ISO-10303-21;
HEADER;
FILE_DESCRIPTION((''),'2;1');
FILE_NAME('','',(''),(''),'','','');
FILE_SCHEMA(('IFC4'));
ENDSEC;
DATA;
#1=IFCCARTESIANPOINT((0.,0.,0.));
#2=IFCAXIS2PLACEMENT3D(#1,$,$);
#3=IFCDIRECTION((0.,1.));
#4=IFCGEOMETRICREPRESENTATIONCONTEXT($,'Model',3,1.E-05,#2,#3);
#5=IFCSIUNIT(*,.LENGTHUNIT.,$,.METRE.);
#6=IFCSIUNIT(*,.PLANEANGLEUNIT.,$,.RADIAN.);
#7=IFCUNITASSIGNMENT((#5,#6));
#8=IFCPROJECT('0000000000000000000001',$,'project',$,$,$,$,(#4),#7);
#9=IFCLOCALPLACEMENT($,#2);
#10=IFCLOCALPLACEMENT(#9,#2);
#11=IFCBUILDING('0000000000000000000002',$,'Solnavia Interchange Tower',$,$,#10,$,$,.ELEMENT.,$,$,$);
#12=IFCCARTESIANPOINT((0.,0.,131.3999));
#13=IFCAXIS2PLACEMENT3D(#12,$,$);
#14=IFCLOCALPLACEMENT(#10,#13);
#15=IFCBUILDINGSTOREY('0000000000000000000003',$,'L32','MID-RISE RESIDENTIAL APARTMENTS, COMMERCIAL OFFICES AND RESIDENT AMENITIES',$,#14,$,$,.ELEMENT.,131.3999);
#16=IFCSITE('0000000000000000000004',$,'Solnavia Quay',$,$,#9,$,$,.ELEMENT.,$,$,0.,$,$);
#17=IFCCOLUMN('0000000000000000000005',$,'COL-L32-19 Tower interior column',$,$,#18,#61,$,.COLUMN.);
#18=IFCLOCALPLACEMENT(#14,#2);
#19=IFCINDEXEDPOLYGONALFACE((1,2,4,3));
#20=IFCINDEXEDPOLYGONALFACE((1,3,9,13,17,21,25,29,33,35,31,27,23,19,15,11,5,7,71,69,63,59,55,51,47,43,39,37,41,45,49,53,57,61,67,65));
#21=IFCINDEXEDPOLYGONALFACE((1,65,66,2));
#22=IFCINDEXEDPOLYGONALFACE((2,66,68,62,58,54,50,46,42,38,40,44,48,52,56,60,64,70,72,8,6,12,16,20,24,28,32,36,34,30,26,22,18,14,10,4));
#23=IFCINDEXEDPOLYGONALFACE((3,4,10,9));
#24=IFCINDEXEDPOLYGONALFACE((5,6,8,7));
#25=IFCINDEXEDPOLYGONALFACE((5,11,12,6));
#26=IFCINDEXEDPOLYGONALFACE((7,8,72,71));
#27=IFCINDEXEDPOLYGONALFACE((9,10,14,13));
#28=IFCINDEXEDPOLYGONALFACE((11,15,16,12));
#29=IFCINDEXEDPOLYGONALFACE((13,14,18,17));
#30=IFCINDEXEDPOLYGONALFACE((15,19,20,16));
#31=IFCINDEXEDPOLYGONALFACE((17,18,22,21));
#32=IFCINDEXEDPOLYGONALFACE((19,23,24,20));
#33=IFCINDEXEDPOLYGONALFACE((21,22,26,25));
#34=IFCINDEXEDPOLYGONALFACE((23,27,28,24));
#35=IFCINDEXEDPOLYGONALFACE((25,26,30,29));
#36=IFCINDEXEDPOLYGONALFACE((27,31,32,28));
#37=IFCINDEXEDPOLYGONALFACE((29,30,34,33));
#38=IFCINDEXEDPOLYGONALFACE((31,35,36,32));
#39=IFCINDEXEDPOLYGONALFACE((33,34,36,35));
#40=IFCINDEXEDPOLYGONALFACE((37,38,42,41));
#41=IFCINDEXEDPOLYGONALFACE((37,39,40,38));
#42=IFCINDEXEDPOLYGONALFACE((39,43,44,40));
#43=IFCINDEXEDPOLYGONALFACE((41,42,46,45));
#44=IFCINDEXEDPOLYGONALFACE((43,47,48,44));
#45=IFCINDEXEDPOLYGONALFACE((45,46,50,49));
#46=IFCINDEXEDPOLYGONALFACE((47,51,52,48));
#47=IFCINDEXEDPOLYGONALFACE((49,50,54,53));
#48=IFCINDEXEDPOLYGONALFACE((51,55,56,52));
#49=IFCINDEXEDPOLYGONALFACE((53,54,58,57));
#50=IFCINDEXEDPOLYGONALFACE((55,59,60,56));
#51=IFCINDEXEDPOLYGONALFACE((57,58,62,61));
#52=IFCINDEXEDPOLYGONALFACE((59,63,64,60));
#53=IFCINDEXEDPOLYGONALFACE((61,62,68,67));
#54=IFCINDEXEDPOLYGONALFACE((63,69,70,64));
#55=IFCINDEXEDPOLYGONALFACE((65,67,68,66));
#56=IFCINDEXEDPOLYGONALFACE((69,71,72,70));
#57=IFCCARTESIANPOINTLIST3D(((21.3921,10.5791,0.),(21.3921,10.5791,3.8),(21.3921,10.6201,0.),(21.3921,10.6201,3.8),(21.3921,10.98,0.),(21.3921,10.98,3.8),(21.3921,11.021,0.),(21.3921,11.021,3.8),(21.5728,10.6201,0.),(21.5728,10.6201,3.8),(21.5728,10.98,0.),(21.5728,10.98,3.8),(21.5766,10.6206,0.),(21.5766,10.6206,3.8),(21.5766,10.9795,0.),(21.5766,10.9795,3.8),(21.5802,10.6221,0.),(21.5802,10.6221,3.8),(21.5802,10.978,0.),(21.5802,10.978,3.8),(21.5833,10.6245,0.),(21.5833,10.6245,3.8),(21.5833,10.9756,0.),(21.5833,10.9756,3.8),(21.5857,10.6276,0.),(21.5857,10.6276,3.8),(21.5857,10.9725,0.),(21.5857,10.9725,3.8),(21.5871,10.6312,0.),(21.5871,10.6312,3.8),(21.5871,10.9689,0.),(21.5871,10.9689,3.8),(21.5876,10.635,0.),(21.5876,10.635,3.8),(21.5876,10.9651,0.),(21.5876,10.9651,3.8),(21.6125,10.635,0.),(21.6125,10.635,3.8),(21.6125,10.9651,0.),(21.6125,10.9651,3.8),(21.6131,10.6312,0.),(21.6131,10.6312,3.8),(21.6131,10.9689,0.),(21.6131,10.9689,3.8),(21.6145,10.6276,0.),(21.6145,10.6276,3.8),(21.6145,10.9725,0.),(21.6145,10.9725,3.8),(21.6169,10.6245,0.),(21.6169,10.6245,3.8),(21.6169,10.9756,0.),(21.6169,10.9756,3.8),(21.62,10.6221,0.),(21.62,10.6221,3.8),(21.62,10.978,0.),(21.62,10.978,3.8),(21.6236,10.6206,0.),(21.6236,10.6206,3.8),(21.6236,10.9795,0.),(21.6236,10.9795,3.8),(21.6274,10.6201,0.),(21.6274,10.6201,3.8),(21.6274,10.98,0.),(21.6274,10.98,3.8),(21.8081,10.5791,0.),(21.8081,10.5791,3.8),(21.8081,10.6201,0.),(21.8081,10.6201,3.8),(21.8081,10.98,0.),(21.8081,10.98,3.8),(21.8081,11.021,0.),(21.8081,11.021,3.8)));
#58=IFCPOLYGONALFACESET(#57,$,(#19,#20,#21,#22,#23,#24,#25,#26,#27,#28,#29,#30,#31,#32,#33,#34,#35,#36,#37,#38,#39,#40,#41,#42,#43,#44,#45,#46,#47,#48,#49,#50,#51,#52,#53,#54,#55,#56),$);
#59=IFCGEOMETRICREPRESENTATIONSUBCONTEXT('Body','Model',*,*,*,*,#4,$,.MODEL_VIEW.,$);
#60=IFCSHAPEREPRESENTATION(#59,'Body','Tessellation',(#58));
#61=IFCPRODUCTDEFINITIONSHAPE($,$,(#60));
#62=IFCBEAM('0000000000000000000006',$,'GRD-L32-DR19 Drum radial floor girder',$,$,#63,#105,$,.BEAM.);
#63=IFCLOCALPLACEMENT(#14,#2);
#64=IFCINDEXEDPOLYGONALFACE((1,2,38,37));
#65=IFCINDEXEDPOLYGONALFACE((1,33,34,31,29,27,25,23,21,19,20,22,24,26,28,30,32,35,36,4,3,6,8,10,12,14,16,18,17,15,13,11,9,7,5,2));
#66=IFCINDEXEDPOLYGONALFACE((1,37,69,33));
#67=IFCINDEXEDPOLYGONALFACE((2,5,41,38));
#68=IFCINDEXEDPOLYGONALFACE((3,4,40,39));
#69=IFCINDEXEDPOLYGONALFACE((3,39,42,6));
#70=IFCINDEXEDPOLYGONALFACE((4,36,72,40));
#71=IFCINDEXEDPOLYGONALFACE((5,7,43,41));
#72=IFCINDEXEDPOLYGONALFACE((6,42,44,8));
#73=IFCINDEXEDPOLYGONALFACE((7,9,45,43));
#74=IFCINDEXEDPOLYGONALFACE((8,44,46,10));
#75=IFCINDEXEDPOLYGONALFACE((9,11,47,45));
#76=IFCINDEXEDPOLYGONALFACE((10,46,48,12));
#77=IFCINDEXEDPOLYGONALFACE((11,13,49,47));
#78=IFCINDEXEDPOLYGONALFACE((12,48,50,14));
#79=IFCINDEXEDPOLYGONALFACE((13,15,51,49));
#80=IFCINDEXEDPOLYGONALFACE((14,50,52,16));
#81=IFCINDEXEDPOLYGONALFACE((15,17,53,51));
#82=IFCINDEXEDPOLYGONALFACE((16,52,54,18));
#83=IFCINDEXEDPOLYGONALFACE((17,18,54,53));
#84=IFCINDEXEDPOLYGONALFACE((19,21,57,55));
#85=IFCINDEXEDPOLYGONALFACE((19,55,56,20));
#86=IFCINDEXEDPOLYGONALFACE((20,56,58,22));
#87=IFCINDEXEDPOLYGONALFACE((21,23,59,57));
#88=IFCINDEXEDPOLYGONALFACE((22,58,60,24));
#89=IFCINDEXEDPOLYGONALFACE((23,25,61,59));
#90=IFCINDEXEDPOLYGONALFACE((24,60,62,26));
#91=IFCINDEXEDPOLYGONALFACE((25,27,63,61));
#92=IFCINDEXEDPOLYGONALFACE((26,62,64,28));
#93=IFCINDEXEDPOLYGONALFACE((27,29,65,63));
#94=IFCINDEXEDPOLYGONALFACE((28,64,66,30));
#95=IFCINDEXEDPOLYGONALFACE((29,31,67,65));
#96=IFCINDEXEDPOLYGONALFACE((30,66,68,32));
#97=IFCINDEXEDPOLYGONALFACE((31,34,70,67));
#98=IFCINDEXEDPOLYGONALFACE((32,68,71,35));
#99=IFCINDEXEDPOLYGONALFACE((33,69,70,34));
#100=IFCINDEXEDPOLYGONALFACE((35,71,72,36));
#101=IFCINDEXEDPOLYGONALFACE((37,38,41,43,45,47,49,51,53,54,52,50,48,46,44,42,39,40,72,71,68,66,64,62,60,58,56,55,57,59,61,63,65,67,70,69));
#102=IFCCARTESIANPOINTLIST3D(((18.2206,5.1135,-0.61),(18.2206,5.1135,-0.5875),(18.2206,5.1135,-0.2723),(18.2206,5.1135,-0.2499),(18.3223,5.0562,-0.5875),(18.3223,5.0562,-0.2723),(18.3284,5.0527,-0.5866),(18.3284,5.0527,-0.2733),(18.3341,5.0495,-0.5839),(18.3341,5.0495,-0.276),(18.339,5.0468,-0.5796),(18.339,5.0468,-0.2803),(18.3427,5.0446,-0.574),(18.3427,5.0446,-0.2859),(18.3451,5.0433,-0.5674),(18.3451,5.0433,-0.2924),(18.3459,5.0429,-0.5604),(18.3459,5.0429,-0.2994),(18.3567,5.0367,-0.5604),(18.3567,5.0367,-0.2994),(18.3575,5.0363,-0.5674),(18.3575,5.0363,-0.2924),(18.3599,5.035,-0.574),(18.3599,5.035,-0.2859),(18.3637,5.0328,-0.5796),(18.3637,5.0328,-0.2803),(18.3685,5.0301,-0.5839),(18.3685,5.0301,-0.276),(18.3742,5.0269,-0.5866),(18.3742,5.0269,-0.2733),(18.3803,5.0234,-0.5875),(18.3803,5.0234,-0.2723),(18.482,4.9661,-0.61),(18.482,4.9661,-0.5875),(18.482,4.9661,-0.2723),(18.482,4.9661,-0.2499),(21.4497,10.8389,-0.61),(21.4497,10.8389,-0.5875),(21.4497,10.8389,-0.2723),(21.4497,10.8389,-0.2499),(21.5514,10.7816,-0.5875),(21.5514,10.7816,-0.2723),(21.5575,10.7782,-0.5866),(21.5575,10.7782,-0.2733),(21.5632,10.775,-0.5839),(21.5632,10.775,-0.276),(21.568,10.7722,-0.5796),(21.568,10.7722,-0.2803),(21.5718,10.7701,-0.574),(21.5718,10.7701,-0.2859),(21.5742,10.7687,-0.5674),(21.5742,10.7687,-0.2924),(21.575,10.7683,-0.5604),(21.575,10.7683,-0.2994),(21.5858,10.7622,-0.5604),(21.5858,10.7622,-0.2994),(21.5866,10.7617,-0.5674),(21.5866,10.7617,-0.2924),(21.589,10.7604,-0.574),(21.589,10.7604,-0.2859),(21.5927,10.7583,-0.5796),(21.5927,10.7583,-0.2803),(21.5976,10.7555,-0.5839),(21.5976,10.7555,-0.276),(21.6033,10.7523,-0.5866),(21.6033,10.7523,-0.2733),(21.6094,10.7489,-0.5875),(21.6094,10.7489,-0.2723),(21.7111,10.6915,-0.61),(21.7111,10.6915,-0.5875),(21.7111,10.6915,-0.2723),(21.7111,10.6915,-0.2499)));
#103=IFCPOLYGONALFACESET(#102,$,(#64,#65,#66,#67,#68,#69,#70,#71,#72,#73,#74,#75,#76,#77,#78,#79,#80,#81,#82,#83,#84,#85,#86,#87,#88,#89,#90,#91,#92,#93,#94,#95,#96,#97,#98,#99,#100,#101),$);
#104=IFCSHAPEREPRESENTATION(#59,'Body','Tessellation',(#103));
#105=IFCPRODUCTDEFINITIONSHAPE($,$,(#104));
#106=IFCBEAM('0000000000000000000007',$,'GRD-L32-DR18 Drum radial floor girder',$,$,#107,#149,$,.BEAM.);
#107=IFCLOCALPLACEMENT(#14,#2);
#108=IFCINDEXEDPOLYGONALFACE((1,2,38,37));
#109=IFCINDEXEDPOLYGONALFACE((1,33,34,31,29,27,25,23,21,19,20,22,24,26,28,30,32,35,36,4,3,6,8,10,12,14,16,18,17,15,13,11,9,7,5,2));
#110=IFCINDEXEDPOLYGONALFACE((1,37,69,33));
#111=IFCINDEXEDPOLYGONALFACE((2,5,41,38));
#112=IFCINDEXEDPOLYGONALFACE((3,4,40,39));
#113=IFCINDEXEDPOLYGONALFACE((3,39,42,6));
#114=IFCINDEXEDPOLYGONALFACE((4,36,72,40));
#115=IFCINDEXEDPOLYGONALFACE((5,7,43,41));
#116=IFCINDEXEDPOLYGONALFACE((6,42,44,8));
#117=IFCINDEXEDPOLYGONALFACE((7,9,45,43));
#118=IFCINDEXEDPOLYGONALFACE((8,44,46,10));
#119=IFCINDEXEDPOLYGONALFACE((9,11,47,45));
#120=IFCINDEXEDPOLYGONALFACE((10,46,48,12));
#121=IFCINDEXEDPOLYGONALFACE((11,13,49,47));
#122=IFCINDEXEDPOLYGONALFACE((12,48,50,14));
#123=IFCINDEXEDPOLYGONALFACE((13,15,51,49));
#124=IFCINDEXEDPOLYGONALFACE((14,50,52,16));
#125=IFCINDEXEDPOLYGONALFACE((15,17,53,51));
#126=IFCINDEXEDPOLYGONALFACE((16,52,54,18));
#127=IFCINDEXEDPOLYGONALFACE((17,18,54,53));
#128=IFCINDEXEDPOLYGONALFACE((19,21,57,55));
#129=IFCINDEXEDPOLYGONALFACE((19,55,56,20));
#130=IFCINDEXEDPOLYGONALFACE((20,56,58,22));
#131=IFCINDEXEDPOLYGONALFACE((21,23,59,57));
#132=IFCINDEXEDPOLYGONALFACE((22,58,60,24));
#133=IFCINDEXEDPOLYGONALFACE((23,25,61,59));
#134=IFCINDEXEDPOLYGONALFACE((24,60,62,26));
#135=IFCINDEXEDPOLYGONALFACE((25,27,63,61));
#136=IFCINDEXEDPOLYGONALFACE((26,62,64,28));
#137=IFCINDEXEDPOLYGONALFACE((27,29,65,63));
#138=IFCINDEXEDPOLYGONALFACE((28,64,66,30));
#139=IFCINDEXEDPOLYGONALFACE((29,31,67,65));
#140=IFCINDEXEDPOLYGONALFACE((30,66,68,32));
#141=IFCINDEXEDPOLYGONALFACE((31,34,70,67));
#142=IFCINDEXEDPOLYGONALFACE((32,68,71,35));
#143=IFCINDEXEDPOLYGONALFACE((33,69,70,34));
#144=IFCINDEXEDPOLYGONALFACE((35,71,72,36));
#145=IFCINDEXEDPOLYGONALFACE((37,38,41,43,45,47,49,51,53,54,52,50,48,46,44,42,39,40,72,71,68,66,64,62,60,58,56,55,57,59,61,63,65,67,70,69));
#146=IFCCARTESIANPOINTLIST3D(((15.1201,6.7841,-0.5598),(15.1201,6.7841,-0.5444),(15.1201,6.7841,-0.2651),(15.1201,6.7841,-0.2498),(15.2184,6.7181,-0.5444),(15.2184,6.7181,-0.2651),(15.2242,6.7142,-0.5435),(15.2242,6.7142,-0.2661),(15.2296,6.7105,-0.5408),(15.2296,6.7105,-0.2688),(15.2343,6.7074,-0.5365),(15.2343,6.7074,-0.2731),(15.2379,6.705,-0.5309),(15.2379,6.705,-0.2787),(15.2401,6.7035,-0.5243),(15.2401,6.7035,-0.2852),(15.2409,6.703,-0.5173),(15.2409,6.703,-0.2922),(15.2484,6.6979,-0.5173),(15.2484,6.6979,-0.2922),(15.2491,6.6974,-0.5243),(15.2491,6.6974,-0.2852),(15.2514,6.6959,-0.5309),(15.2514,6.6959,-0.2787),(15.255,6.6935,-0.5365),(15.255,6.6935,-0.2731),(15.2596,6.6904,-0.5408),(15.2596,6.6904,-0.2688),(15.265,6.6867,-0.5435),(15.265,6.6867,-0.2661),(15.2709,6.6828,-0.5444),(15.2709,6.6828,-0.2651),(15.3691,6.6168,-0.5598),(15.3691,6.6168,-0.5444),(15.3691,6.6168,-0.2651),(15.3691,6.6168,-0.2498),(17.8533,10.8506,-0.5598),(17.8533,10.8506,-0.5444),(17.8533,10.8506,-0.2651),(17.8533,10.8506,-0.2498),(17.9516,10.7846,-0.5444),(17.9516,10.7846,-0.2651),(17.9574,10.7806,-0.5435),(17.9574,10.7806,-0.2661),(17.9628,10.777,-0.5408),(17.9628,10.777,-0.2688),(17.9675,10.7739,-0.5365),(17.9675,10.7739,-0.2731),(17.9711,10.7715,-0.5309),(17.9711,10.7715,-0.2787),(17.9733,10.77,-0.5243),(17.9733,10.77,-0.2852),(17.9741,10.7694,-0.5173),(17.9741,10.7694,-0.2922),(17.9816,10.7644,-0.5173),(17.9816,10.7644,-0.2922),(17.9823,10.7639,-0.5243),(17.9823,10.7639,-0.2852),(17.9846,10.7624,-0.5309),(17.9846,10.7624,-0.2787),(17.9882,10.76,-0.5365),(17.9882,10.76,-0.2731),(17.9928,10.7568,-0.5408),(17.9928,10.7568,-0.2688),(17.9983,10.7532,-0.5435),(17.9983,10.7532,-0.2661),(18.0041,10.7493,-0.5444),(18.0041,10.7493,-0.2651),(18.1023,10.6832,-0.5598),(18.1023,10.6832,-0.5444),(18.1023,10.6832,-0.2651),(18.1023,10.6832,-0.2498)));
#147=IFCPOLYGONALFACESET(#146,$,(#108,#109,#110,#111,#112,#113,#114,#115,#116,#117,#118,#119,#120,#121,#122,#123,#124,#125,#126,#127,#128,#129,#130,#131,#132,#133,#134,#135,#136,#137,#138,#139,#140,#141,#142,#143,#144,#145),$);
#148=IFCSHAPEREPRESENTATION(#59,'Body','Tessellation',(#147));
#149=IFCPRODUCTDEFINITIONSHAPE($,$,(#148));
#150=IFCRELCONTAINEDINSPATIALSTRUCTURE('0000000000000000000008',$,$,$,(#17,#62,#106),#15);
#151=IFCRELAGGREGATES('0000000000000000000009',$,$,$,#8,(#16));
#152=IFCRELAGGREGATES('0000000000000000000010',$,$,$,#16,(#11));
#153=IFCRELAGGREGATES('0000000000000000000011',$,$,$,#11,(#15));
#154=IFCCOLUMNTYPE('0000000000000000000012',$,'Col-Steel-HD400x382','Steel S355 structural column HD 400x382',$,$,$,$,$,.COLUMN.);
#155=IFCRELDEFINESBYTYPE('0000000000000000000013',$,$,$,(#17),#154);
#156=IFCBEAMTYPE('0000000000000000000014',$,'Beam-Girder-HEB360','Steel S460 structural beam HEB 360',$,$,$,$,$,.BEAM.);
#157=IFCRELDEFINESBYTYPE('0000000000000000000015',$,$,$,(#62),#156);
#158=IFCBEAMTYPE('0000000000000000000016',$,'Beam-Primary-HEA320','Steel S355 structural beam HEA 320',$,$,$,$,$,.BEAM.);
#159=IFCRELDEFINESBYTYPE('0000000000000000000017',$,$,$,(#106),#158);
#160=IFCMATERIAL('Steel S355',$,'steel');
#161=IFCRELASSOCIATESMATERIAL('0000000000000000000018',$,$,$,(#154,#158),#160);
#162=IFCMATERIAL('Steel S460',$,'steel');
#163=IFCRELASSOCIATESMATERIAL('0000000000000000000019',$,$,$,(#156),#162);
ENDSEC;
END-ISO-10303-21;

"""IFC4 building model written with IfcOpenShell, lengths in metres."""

from ifc_helpers import new_model, si_unit, direction, frame, origin, origin_2d, place, context, subcontext, project, spatial, i_section, extrude, material, material_profile, profile_set, type_object, element, save


model = new_model("IFC4")

# Units and contexts
model_context = context("Model", 3, precision=1e-05, world=origin(), true_north=direction((0.0, 1.0)))
body_context = subcontext(model_context, "Body", "Model", "MODEL_VIEW")
ifc_project = project(units=[si_unit("LENGTHUNIT", "METRE"), si_unit("PLANEANGLEUNIT", "RADIAN")], contexts=[model_context])

# Site, building, storey
site_placement = place(None, origin())
site = spatial("IfcSite", under=ifc_project, at=site_placement, Name="Solnavia Quay", CompositionType="ELEMENT", RefElevation=0.0)
building_placement = place(site_placement, origin())
building = spatial("IfcBuilding", under=site, at=building_placement, Name="Solnavia Interchange Tower", CompositionType="ELEMENT")
storey_placement = place(building_placement, frame((0.0, 0.0, 131.3999)))
storey = spatial("IfcBuildingStorey", under=building, at=storey_placement, Name="L32", Description="MID-RISE RESIDENTIAL APARTMENTS, COMMERCIAL OFFICES AND RESIDENT AMENITIES", CompositionType="ELEMENT", Elevation=131.3999)

# Column
ifc_material_1 = material(Name="Steel S355", Category="steel")
ifc_material_profile_1 = material_profile(ifc_material_1, i_section(OverallWidth=0.416, OverallDepth=0.4419, WebThickness=0.0249, FlangeThickness=0.041, FilletRadius=0.0149, at=origin_2d()), Name="HD 400x382")
ifc_profile_set_1 = profile_set([ifc_material_profile_1], Name="Steel S355")
column_type_1 = type_object("IfcColumnType", Name="Col-Steel-HD400x382", Description="Steel S355 structural column HD 400x382", PredefinedType="COLUMN", material=ifc_profile_set_1)
column_placement = place(storey_placement, frame((21.6001, 10.8, 0.0), z_axis=(0.0, 0.0, 1.0), x_axis=(1.0, 0.0, 0.0)))
element("IfcColumn", 1, at=column_placement, inside=storey, type_object=column_type_1, Name="COL-L32-19 Tower interior column", PredefinedType="COLUMN", context=body_context, shape_type="SweptSolid", body=[
    extrude(i_section(OverallWidth=0.416, OverallDepth=0.4419, WebThickness=0.0249, FlangeThickness=0.041, FilletRadius=0.0149, at=origin_2d()), origin(), (0.0, 0.0, 1.0), 3.8),
])

# Beams
ifc_material_2 = material(Name="Steel S460", Category="steel")
ifc_material_profile_2 = material_profile(ifc_material_2, i_section(OverallWidth=0.3, OverallDepth=0.3601, WebThickness=0.0125, FlangeThickness=0.0225, FilletRadius=0.0271, at=origin_2d()), Name="HEB 360")
ifc_profile_set_2 = profile_set([ifc_material_profile_2], Name="Steel S460")
beam_type_1 = type_object("IfcBeamType", Name="Beam-Girder-HEB360", Description="Steel S460 structural beam HEB 360", PredefinedType="BEAM", material=ifc_profile_set_2)
beam_1_placement = place(storey_placement, frame((18.3513, 5.0398, -0.4299), z_axis=(0.491243, 0.871022, 0.0), x_axis=(-0.871022, 0.491243, 0.0)))
element("IfcBeam", 2, at=beam_1_placement, inside=storey, type_object=beam_type_1, Name="GRD-L32-DR19 Drum radial floor girder", PredefinedType="BEAM", context=body_context, shape_type="SweptSolid", body=[
    extrude(i_section(OverallWidth=0.3, OverallDepth=0.3601, WebThickness=0.0125, FlangeThickness=0.0225, FilletRadius=0.0271, at=origin_2d()), origin(), (0.0, 0.0, 1.0), 6.5732),
])
ifc_material_profile_3 = material_profile(ifc_material_1, i_section(OverallWidth=0.3, OverallDepth=0.3101, WebThickness=0.009, FlangeThickness=0.0154, FilletRadius=0.0271, at=origin_2d()), Name="HEA 320")
ifc_profile_set_3 = profile_set([ifc_material_profile_3], Name="Steel S355")
beam_type_2 = type_object("IfcBeamType", Name="Beam-Primary-HEA320", Description="Steel S355 structural beam HEA 320", PredefinedType="BEAM", material=ifc_profile_set_3)
beam_2_placement = place(storey_placement, frame((15.2446, 6.7004, -0.4048), z_axis=(0.557835, 0.829952, 0.0), x_axis=(-0.829952, 0.557835, 0.0)))
element("IfcBeam", 3, at=beam_2_placement, inside=storey, type_object=beam_type_2, Name="GRD-L32-DR18 Drum radial floor girder", PredefinedType="BEAM", context=body_context, shape_type="SweptSolid", body=[
    extrude(i_section(OverallWidth=0.3, OverallDepth=0.3101, WebThickness=0.009, FlangeThickness=0.0154, FilletRadius=0.0271, at=origin_2d()), origin(), (0.0, 0.0, 1.0), 4.8997),
])

save(model, "model.ifc")
